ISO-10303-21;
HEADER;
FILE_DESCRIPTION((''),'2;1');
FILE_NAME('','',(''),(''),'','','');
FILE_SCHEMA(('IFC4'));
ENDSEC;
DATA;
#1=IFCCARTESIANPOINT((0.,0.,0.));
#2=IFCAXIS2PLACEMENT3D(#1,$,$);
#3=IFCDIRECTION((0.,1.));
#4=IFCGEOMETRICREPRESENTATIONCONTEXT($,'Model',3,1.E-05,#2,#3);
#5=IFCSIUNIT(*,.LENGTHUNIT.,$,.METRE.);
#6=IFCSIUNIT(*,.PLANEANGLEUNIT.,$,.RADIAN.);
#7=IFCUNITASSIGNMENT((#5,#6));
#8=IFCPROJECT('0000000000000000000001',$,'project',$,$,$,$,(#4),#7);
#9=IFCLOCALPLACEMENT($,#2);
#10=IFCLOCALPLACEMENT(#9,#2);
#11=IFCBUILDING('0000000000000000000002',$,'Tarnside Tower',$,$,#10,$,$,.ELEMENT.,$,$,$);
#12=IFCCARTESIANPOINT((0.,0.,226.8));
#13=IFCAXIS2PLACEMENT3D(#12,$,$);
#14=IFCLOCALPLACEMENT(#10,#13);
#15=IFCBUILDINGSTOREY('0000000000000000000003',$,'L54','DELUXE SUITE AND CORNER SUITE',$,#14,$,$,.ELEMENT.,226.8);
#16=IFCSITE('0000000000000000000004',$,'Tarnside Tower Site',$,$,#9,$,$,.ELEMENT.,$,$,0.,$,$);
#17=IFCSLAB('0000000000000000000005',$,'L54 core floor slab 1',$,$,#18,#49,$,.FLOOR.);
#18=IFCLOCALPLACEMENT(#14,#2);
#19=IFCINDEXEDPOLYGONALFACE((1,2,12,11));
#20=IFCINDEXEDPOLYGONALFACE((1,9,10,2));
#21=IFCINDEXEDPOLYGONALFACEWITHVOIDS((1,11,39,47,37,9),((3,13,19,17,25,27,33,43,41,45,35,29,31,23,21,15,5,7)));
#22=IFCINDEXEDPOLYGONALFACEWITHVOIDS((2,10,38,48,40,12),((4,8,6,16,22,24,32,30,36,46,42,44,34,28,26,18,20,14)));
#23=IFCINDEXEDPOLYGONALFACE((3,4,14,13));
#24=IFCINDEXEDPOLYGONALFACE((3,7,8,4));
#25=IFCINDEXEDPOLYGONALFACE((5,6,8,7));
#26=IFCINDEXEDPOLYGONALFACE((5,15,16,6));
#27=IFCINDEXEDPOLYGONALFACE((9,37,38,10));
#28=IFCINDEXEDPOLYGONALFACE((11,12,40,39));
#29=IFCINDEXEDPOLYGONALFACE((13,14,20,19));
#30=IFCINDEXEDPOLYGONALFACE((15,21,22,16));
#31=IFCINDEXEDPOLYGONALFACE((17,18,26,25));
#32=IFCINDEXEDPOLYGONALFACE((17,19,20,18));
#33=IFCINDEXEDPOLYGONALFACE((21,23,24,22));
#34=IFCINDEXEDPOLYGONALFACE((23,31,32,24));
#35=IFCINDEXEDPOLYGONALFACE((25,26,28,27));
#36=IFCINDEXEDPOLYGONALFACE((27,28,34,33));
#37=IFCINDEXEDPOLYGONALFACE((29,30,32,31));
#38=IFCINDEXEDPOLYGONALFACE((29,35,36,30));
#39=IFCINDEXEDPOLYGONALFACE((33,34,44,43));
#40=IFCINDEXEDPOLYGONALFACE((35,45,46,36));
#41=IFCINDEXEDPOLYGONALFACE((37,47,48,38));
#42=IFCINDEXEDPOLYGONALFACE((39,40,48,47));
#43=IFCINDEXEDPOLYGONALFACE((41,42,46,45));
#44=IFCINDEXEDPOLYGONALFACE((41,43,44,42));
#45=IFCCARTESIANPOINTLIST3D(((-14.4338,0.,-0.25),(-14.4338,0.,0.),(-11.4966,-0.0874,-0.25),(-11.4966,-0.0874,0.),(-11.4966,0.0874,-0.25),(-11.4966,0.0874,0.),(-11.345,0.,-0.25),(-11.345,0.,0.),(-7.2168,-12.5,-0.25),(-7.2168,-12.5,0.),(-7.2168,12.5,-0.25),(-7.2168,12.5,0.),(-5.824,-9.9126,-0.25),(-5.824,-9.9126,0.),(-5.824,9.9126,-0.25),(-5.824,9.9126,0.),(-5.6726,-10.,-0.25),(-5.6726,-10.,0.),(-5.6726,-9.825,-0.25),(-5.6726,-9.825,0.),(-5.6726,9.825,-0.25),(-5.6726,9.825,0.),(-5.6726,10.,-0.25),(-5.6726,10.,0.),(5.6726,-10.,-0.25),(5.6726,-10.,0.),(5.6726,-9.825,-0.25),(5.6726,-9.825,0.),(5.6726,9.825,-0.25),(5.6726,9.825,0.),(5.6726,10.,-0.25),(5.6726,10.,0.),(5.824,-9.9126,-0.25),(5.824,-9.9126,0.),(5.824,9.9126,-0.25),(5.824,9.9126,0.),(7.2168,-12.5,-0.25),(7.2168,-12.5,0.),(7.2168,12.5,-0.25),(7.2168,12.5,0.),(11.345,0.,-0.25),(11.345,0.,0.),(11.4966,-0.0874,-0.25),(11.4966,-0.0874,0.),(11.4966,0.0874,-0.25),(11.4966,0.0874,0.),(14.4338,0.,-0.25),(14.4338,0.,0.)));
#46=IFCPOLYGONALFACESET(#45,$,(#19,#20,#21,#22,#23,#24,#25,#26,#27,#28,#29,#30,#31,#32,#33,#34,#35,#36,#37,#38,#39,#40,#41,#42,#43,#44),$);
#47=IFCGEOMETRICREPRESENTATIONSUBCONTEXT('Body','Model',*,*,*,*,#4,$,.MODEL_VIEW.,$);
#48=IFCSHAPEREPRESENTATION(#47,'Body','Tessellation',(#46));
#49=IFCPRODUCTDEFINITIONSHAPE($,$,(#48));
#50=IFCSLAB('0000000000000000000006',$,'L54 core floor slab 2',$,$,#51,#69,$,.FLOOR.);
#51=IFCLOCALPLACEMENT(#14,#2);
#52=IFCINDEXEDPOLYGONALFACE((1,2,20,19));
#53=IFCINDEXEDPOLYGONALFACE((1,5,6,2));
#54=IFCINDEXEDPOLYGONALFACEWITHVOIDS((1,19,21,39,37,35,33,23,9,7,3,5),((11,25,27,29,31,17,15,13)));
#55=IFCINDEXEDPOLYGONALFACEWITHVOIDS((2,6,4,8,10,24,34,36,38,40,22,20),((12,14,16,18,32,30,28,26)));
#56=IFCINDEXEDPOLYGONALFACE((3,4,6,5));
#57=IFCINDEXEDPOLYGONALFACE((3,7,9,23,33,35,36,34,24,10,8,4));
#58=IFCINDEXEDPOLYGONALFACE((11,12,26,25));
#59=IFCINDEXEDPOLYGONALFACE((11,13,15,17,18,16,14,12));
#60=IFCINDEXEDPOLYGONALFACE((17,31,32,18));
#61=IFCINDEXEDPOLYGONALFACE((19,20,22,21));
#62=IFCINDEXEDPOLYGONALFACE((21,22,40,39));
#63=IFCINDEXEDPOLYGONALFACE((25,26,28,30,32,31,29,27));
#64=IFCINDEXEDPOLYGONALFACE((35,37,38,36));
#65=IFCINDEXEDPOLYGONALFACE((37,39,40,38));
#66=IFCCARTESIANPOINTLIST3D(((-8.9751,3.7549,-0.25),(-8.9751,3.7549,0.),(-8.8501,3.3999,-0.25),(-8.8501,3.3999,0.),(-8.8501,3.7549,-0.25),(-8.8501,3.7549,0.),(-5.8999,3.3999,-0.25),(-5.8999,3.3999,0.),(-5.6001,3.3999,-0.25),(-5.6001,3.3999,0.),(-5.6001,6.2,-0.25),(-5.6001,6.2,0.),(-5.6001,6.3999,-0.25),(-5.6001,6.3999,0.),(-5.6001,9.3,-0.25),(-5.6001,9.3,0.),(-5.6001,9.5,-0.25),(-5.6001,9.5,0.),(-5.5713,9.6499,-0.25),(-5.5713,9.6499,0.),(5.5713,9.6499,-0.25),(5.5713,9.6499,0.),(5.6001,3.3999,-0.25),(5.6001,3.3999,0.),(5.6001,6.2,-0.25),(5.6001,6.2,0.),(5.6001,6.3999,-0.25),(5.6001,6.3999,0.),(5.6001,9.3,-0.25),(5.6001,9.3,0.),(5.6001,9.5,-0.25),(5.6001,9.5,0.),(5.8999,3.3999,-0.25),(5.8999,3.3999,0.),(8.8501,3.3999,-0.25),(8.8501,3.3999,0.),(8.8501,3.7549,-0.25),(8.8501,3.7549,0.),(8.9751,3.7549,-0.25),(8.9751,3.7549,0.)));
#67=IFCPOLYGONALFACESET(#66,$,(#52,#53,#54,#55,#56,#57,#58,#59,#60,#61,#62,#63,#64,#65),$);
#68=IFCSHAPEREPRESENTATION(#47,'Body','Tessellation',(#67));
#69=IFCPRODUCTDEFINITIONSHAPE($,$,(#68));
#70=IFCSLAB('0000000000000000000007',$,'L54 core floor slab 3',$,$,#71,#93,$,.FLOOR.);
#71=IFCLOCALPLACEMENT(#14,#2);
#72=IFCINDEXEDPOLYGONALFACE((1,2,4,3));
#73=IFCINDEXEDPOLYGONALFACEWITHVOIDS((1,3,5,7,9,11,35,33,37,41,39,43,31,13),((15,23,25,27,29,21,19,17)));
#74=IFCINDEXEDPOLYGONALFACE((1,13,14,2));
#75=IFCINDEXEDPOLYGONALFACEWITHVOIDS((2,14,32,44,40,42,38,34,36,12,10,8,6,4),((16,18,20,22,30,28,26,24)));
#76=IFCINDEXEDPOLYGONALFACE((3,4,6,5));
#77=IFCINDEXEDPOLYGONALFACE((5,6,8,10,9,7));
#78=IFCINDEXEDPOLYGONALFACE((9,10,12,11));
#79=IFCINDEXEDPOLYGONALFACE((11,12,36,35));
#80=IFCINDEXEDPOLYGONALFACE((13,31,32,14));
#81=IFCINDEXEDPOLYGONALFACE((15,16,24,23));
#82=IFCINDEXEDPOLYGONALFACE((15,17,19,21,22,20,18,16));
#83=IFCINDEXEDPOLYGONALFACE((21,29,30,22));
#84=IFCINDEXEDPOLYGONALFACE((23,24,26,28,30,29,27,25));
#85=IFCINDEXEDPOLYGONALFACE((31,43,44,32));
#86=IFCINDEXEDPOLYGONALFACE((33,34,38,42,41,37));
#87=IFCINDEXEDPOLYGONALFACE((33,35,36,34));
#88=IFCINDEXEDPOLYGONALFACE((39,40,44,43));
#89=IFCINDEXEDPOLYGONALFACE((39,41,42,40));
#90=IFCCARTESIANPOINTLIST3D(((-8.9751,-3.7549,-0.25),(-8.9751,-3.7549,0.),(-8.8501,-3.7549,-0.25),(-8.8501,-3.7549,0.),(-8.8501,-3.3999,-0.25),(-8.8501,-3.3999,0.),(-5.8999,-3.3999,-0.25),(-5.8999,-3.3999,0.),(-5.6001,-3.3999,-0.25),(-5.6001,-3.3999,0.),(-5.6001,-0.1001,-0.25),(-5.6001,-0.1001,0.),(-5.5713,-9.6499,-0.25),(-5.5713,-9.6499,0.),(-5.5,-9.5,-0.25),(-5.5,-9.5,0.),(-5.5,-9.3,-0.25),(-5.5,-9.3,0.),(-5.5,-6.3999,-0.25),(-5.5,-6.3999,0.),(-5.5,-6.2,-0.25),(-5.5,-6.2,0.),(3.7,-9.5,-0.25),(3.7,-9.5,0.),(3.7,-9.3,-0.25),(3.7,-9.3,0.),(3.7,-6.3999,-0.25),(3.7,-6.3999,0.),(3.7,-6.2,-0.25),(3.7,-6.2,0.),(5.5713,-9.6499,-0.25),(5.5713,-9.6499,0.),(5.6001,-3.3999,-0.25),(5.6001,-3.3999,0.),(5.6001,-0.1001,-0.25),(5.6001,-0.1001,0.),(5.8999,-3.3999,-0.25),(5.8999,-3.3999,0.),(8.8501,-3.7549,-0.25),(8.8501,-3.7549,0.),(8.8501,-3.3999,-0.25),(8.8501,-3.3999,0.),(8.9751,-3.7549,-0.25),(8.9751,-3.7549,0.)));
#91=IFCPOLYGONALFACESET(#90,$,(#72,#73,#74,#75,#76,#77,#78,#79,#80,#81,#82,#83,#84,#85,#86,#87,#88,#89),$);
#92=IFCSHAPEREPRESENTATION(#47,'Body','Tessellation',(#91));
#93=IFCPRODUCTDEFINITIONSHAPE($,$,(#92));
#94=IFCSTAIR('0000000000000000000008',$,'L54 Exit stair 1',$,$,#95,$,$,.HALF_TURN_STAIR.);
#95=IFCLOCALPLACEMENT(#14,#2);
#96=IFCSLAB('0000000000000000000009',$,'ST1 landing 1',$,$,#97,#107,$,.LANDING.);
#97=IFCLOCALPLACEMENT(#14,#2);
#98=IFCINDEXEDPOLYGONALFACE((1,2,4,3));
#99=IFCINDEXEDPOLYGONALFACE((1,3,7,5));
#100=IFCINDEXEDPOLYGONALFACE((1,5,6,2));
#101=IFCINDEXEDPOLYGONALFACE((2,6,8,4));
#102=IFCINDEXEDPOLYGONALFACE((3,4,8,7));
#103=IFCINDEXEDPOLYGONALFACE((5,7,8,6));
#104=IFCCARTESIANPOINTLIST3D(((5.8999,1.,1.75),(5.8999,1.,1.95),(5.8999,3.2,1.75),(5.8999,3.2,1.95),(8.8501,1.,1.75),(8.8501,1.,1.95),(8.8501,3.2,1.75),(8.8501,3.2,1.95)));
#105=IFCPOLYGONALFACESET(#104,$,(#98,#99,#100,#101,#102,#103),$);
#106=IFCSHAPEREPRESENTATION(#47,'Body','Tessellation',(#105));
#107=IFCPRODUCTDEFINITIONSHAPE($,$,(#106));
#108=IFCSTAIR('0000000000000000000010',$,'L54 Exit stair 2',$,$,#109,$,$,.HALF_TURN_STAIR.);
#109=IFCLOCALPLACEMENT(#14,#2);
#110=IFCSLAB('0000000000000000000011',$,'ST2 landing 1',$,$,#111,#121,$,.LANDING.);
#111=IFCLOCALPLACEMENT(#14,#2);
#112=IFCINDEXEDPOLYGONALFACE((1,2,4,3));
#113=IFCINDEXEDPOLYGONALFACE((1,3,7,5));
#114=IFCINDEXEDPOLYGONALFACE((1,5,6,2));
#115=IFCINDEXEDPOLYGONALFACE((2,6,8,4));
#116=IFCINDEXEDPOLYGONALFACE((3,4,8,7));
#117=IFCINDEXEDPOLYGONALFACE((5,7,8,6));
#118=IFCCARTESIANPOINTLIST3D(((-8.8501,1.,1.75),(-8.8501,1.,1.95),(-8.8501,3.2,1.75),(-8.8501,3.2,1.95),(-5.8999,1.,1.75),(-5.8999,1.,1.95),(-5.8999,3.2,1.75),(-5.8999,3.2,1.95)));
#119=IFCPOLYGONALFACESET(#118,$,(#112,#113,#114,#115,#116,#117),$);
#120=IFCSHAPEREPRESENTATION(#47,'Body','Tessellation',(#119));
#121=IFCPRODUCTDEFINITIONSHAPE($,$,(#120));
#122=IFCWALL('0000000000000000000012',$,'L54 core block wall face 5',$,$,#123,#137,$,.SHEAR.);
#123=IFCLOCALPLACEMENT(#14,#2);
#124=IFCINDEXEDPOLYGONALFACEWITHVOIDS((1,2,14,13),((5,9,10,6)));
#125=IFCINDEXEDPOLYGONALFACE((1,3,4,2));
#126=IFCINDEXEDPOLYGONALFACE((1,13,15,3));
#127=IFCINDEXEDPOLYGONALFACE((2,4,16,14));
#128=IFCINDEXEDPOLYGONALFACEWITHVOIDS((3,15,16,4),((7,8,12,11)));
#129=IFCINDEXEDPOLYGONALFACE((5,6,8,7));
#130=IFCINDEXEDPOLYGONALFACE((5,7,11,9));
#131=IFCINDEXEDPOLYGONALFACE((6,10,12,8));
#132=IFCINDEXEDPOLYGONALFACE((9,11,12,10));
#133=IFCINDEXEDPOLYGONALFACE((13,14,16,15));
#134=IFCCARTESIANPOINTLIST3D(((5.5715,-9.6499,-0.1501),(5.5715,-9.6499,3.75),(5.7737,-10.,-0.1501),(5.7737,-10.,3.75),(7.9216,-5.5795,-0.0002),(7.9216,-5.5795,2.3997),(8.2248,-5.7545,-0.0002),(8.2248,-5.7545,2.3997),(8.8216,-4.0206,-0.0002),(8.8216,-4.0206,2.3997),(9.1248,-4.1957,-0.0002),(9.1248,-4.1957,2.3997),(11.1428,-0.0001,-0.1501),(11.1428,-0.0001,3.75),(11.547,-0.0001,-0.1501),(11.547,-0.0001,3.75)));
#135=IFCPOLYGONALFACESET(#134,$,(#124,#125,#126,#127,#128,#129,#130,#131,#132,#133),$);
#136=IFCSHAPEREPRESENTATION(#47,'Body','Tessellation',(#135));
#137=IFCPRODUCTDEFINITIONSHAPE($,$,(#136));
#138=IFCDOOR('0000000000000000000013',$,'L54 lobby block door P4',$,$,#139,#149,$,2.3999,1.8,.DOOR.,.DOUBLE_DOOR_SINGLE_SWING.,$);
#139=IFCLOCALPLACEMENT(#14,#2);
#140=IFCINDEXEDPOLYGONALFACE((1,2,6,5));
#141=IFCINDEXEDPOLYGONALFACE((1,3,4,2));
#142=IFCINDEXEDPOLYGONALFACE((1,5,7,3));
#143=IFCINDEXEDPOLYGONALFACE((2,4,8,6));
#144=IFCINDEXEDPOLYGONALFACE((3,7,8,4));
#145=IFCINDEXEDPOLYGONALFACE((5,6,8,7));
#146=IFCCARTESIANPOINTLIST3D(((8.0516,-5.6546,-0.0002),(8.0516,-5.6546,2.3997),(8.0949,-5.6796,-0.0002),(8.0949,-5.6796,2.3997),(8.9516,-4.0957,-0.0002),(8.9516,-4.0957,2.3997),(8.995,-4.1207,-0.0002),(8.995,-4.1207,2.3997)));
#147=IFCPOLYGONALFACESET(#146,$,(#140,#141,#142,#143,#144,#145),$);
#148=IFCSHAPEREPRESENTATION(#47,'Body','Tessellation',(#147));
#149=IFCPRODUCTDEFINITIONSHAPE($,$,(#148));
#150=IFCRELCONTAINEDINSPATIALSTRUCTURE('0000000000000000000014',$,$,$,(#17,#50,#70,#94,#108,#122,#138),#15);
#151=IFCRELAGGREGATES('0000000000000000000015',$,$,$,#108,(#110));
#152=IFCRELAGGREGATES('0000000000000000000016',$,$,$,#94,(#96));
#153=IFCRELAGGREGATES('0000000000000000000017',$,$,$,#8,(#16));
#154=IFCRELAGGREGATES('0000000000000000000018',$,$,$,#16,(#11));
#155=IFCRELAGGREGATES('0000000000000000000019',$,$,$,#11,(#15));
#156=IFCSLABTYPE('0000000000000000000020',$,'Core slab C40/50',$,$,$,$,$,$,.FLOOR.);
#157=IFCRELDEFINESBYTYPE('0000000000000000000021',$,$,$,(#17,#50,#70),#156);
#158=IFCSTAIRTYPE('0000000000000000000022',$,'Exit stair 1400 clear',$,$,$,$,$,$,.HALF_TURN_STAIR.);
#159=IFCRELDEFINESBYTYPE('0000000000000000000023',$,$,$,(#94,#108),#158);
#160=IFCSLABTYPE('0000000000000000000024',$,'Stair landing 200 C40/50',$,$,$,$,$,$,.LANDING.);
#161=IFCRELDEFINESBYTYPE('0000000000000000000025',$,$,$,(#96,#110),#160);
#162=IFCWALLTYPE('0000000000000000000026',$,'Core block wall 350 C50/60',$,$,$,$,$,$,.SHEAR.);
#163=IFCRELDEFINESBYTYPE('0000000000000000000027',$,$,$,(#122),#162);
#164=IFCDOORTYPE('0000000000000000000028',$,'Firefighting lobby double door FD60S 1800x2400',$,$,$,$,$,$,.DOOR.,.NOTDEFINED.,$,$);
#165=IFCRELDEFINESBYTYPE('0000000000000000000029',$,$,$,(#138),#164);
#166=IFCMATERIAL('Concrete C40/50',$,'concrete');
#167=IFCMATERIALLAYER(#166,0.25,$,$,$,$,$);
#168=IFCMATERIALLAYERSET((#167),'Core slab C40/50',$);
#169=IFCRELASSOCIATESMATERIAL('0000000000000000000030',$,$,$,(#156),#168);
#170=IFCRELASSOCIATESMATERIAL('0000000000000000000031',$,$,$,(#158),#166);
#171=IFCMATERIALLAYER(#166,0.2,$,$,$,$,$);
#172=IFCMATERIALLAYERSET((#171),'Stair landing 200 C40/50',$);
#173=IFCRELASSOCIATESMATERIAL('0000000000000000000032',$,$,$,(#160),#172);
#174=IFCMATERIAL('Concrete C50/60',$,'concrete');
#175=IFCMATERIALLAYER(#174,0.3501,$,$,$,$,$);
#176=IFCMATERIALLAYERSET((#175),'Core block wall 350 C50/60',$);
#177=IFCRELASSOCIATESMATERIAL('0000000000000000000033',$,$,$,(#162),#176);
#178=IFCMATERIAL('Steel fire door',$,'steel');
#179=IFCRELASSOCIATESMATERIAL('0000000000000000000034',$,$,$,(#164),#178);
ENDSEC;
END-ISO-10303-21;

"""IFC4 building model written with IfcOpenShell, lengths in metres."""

from ifc_helpers import new_model, si_unit, direction, frame, frame_2d, origin, place, context, subcontext, project, spatial, polyline, rectangle, outline, extrude, material, layer, layer_set, type_object, element, fill, aggregate, save


model = new_model("IFC4")

# Units and contexts
model_context = context("Model", 3, precision=1e-05, world=origin(), true_north=direction((0.0, 1.0)))
body_context = subcontext(model_context, "Body", "Model", "MODEL_VIEW")
ifc_project = project(units=[si_unit("LENGTHUNIT", "METRE"), si_unit("PLANEANGLEUNIT", "RADIAN")], contexts=[model_context])

# Site, building, storey
site_placement = place(None, origin())
site = spatial("IfcSite", under=ifc_project, at=site_placement, Name="Tarnside Tower Site", CompositionType="ELEMENT", RefElevation=0.0)
building_placement = place(site_placement, origin())
building = spatial("IfcBuilding", under=site, at=building_placement, Name="Tarnside Tower", CompositionType="ELEMENT")
storey_placement = place(building_placement, frame((0.0, 0.0, 226.8)))
storey = spatial("IfcBuildingStorey", under=building, at=storey_placement, Name="L54", Description="DELUXE SUITE AND CORNER SUITE", CompositionType="ELEMENT", Elevation=226.8)

# Slabs
ifc_material_1 = material(Name="Concrete C40/50", Category="concrete")
ifc_layer_1 = layer(ifc_material_1, 0.25)
ifc_layer_set_1 = layer_set([ifc_layer_1], Name="Core slab C40/50")
slab_type_1 = type_object("IfcSlabType", Name="Core slab C40/50", PredefinedType="FLOOR", material=ifc_layer_set_1)
slab_1_placement = place(storey_placement, frame((0.0, 0.0, -0.25)))
element("IfcSlab", 1, at=slab_1_placement, inside=storey, type_object=slab_type_1, Name="L54 core floor slab 1", PredefinedType="FLOOR", context=body_context, shape_type="SweptSolid", body=[
    extrude(outline(polyline([(-7.2168, 12.5), (7.2168, 12.5), (14.4338, 0.0), (7.2168, -12.5), (-7.2168, -12.5), (-14.4338, 0.0), (-7.2168, 12.5)]), holes=[polyline([(5.824, -9.9126), (11.4966, -0.0874), (11.345, 0.0), (11.4966, 0.0874), (5.824, 9.9126), (5.6726, 9.825), (5.6726, 10.0), (-5.6726, 10.0), (-5.6726, 9.825), (-5.824, 9.9126), (-11.4966, 0.0874), (-11.345, 0.0), (-11.4966, -0.0874), (-5.824, -9.9126), (-5.6726, -9.825), (-5.6726, -10.0), (5.6726, -10.0), (5.6726, -9.825), (5.824, -9.9126)])]), origin(), (0.0, 0.0, 1.0), 0.25),
])
slab_2_placement = place(storey_placement, frame((0.0, 0.0, -0.25)))
element("IfcSlab", 2, at=slab_2_placement, inside=storey, type_object=slab_type_1, Name="L54 core floor slab 2", PredefinedType="FLOOR", context=body_context, shape_type="SweptSolid", body=[
    extrude(outline(polyline([(-8.9751, 3.7549), (-5.5713, 9.6499), (5.5713, 9.6499), (8.9751, 3.7549), (8.8501, 3.7549), (8.8501, 3.3999), (5.8999, 3.3999), (5.6001, 3.3999), (5.6001, 3.3999), (-5.6001, 3.3999), (-5.8999, 3.3999), (-8.8501, 3.3999), (-8.8501, 3.7549), (-8.9751, 3.7549)]), holes=[polyline([(-5.6001, 6.2), (5.6001, 6.2), (5.6001, 6.3999), (5.6001, 9.3), (5.6001, 9.5), (-5.6001, 9.5), (-5.6001, 9.3), (-5.6001, 6.3999), (-5.6001, 6.2)])]), origin(), (0.0, 0.0, 1.0), 0.25),
])
slab_3_placement = place(storey_placement, frame((0.0, 0.0, -0.25)))
element("IfcSlab", 3, at=slab_3_placement, inside=storey, type_object=slab_type_1, Name="L54 core floor slab 3", PredefinedType="FLOOR", context=body_context, shape_type="SweptSolid", body=[
    extrude(outline(polyline([(5.6001, -3.3999), (5.8999, -3.3999), (8.8501, -3.3999), (8.8501, -3.7549), (8.9751, -3.7549), (5.5713, -9.6499), (-5.5713, -9.6499), (-8.9751, -3.7549), (-8.8501, -3.7549), (-8.8501, -3.3999), (-5.8999, -3.3999), (-5.6001, -3.3999), (-5.6001, -0.1001), (5.6001, -0.1001), (5.6001, -3.3999)]), holes=[polyline([(-5.5, -9.3), (-5.5, -9.5), (3.7, -9.5), (3.7, -9.3), (3.7, -6.3999), (3.7, -6.2), (-5.5, -6.2), (-5.5, -6.3999), (-5.5, -9.3)])]), origin(), (0.0, 0.0, 1.0), 0.25),
])

# Stairs, slabs
stair_type = type_object("IfcStairType", Name="Exit stair 1400 clear", PredefinedType="HALF_TURN_STAIR", material=ifc_material_1)
stair_1_placement = place(storey_placement, origin())
stair_1 = element("IfcStair", 4, at=stair_1_placement, inside=storey, type_object=stair_type, Name="L54 Exit stair 1", PredefinedType="HALF_TURN_STAIR")
ifc_layer_2 = layer(ifc_material_1, 0.2)
ifc_layer_set_2 = layer_set([ifc_layer_2], Name="Stair landing 200 C40/50")
slab_type_2 = type_object("IfcSlabType", Name="Stair landing 200 C40/50", PredefinedType="LANDING", material=ifc_layer_set_2)
slab_4_placement = place(storey_placement, frame((0.0, 0.0, 1.75)))
slab_4 = element("IfcSlab", 5, at=slab_4_placement, type_object=slab_type_2, Name="ST1 landing 1", PredefinedType="LANDING", context=body_context, shape_type="SweptSolid", body=[
    extrude(outline(polyline([(8.8501, 1.0), (8.8501, 3.2), (5.8999, 3.2), (5.8999, 1.0), (8.8501, 1.0)])), origin(), (0.0, 0.0, 1.0), 0.2),
])
stair_2_placement = place(storey_placement, origin())
stair_2 = element("IfcStair", 6, at=stair_2_placement, inside=storey, type_object=stair_type, Name="L54 Exit stair 2", PredefinedType="HALF_TURN_STAIR")
slab_5_placement = place(storey_placement, frame((0.0, 0.0, 1.75)))
slab_5 = element("IfcSlab", 7, at=slab_5_placement, type_object=slab_type_2, Name="ST2 landing 1", PredefinedType="LANDING", context=body_context, shape_type="SweptSolid", body=[
    extrude(outline(polyline([(-5.8999, 1.0), (-5.8999, 3.2), (-8.8501, 3.2), (-8.8501, 1.0), (-5.8999, 1.0)])), origin(), (0.0, 0.0, 1.0), 0.2),
])
aggregate(stair_2, [slab_5])

# Wall, opening, door
ifc_material_2 = material(Name="Concrete C50/60", Category="concrete")
ifc_layer_3 = layer(ifc_material_2, 0.3501)
ifc_layer_set_3 = layer_set([ifc_layer_3], Name="Core block wall 350 C50/60")
wall_type_1 = type_object("IfcWallType", Name="Core block wall 350 C50/60", PredefinedType="SHEAR", material=ifc_layer_set_3)
wall_1_placement = place(storey_placement, frame((5.6726, -9.825, -0.1501), z_axis=(0.0, 0.0, 1.0), x_axis=(0.499995, 0.866028, 0.0)))
wall_1 = element("IfcWall", 8, at=wall_1_placement, inside=storey, type_object=wall_type_1, Name="L54 core block wall face 5", PredefinedType="SHEAR", context=body_context, shape_type="SweptSolid", body=[
    extrude(outline(polyline([(-0.1011, -0.175), (11.4458, -0.175), (11.2437, 0.175), (0.1011, 0.175), (-0.1011, -0.175)])), origin(), (0.0, 0.0, 1.0), 3.9001),
])
opening_1_placement = place(wall_1_placement, frame((4.8013, 0.0, 0.1499)))
opening_1 = element("IfcOpeningElement", 9, at=opening_1_placement, cuts=wall_1, PredefinedType="OPENING", context=body_context, shape_type="SweptSolid", body=[
    extrude(rectangle(XDim=1.8, YDim=2.3999, at=frame_2d((0.8999, 1.2))), frame((0.0, 0.1851, 0.0), z_axis=(0.0, -1.0, 0.0), x_axis=(1.0, 0.0, 0.0)), (0.0, 0.0, 1.0), 0.3701),
])
ifc_material_3 = material(Name="Steel fire door", Category="steel")
door_type_1 = type_object("IfcDoorType", Name="Firefighting lobby double door FD60S 1800x2400", OperationType="NOTDEFINED", PredefinedType="DOOR", material=ifc_material_3)
door_1_placement = place(opening_1_placement, origin())
door_1 = element("IfcDoor", 10, at=door_1_placement, inside=storey, type_object=door_type_1, Name="L54 lobby block door P4", OperationType="DOUBLE_DOOR_SINGLE_SWING", OverallHeight=2.3999, OverallWidth=1.8, PredefinedType="DOOR", context=body_context, shape_type="SweptSolid", body=[
    extrude(rectangle(XDim=1.8, YDim=2.3999, at=frame_2d((0.8999, 1.2))), frame((0.0, 0.0249, 0.0), z_axis=(0.0, -1.0, 0.0), x_axis=(1.0, 0.0, 0.0)), (0.0, 0.0, 1.0), 0.05),
])
fill(opening_1, door_1)

aggregate(stair_1, [slab_4])

save(model, "model.ifc")
